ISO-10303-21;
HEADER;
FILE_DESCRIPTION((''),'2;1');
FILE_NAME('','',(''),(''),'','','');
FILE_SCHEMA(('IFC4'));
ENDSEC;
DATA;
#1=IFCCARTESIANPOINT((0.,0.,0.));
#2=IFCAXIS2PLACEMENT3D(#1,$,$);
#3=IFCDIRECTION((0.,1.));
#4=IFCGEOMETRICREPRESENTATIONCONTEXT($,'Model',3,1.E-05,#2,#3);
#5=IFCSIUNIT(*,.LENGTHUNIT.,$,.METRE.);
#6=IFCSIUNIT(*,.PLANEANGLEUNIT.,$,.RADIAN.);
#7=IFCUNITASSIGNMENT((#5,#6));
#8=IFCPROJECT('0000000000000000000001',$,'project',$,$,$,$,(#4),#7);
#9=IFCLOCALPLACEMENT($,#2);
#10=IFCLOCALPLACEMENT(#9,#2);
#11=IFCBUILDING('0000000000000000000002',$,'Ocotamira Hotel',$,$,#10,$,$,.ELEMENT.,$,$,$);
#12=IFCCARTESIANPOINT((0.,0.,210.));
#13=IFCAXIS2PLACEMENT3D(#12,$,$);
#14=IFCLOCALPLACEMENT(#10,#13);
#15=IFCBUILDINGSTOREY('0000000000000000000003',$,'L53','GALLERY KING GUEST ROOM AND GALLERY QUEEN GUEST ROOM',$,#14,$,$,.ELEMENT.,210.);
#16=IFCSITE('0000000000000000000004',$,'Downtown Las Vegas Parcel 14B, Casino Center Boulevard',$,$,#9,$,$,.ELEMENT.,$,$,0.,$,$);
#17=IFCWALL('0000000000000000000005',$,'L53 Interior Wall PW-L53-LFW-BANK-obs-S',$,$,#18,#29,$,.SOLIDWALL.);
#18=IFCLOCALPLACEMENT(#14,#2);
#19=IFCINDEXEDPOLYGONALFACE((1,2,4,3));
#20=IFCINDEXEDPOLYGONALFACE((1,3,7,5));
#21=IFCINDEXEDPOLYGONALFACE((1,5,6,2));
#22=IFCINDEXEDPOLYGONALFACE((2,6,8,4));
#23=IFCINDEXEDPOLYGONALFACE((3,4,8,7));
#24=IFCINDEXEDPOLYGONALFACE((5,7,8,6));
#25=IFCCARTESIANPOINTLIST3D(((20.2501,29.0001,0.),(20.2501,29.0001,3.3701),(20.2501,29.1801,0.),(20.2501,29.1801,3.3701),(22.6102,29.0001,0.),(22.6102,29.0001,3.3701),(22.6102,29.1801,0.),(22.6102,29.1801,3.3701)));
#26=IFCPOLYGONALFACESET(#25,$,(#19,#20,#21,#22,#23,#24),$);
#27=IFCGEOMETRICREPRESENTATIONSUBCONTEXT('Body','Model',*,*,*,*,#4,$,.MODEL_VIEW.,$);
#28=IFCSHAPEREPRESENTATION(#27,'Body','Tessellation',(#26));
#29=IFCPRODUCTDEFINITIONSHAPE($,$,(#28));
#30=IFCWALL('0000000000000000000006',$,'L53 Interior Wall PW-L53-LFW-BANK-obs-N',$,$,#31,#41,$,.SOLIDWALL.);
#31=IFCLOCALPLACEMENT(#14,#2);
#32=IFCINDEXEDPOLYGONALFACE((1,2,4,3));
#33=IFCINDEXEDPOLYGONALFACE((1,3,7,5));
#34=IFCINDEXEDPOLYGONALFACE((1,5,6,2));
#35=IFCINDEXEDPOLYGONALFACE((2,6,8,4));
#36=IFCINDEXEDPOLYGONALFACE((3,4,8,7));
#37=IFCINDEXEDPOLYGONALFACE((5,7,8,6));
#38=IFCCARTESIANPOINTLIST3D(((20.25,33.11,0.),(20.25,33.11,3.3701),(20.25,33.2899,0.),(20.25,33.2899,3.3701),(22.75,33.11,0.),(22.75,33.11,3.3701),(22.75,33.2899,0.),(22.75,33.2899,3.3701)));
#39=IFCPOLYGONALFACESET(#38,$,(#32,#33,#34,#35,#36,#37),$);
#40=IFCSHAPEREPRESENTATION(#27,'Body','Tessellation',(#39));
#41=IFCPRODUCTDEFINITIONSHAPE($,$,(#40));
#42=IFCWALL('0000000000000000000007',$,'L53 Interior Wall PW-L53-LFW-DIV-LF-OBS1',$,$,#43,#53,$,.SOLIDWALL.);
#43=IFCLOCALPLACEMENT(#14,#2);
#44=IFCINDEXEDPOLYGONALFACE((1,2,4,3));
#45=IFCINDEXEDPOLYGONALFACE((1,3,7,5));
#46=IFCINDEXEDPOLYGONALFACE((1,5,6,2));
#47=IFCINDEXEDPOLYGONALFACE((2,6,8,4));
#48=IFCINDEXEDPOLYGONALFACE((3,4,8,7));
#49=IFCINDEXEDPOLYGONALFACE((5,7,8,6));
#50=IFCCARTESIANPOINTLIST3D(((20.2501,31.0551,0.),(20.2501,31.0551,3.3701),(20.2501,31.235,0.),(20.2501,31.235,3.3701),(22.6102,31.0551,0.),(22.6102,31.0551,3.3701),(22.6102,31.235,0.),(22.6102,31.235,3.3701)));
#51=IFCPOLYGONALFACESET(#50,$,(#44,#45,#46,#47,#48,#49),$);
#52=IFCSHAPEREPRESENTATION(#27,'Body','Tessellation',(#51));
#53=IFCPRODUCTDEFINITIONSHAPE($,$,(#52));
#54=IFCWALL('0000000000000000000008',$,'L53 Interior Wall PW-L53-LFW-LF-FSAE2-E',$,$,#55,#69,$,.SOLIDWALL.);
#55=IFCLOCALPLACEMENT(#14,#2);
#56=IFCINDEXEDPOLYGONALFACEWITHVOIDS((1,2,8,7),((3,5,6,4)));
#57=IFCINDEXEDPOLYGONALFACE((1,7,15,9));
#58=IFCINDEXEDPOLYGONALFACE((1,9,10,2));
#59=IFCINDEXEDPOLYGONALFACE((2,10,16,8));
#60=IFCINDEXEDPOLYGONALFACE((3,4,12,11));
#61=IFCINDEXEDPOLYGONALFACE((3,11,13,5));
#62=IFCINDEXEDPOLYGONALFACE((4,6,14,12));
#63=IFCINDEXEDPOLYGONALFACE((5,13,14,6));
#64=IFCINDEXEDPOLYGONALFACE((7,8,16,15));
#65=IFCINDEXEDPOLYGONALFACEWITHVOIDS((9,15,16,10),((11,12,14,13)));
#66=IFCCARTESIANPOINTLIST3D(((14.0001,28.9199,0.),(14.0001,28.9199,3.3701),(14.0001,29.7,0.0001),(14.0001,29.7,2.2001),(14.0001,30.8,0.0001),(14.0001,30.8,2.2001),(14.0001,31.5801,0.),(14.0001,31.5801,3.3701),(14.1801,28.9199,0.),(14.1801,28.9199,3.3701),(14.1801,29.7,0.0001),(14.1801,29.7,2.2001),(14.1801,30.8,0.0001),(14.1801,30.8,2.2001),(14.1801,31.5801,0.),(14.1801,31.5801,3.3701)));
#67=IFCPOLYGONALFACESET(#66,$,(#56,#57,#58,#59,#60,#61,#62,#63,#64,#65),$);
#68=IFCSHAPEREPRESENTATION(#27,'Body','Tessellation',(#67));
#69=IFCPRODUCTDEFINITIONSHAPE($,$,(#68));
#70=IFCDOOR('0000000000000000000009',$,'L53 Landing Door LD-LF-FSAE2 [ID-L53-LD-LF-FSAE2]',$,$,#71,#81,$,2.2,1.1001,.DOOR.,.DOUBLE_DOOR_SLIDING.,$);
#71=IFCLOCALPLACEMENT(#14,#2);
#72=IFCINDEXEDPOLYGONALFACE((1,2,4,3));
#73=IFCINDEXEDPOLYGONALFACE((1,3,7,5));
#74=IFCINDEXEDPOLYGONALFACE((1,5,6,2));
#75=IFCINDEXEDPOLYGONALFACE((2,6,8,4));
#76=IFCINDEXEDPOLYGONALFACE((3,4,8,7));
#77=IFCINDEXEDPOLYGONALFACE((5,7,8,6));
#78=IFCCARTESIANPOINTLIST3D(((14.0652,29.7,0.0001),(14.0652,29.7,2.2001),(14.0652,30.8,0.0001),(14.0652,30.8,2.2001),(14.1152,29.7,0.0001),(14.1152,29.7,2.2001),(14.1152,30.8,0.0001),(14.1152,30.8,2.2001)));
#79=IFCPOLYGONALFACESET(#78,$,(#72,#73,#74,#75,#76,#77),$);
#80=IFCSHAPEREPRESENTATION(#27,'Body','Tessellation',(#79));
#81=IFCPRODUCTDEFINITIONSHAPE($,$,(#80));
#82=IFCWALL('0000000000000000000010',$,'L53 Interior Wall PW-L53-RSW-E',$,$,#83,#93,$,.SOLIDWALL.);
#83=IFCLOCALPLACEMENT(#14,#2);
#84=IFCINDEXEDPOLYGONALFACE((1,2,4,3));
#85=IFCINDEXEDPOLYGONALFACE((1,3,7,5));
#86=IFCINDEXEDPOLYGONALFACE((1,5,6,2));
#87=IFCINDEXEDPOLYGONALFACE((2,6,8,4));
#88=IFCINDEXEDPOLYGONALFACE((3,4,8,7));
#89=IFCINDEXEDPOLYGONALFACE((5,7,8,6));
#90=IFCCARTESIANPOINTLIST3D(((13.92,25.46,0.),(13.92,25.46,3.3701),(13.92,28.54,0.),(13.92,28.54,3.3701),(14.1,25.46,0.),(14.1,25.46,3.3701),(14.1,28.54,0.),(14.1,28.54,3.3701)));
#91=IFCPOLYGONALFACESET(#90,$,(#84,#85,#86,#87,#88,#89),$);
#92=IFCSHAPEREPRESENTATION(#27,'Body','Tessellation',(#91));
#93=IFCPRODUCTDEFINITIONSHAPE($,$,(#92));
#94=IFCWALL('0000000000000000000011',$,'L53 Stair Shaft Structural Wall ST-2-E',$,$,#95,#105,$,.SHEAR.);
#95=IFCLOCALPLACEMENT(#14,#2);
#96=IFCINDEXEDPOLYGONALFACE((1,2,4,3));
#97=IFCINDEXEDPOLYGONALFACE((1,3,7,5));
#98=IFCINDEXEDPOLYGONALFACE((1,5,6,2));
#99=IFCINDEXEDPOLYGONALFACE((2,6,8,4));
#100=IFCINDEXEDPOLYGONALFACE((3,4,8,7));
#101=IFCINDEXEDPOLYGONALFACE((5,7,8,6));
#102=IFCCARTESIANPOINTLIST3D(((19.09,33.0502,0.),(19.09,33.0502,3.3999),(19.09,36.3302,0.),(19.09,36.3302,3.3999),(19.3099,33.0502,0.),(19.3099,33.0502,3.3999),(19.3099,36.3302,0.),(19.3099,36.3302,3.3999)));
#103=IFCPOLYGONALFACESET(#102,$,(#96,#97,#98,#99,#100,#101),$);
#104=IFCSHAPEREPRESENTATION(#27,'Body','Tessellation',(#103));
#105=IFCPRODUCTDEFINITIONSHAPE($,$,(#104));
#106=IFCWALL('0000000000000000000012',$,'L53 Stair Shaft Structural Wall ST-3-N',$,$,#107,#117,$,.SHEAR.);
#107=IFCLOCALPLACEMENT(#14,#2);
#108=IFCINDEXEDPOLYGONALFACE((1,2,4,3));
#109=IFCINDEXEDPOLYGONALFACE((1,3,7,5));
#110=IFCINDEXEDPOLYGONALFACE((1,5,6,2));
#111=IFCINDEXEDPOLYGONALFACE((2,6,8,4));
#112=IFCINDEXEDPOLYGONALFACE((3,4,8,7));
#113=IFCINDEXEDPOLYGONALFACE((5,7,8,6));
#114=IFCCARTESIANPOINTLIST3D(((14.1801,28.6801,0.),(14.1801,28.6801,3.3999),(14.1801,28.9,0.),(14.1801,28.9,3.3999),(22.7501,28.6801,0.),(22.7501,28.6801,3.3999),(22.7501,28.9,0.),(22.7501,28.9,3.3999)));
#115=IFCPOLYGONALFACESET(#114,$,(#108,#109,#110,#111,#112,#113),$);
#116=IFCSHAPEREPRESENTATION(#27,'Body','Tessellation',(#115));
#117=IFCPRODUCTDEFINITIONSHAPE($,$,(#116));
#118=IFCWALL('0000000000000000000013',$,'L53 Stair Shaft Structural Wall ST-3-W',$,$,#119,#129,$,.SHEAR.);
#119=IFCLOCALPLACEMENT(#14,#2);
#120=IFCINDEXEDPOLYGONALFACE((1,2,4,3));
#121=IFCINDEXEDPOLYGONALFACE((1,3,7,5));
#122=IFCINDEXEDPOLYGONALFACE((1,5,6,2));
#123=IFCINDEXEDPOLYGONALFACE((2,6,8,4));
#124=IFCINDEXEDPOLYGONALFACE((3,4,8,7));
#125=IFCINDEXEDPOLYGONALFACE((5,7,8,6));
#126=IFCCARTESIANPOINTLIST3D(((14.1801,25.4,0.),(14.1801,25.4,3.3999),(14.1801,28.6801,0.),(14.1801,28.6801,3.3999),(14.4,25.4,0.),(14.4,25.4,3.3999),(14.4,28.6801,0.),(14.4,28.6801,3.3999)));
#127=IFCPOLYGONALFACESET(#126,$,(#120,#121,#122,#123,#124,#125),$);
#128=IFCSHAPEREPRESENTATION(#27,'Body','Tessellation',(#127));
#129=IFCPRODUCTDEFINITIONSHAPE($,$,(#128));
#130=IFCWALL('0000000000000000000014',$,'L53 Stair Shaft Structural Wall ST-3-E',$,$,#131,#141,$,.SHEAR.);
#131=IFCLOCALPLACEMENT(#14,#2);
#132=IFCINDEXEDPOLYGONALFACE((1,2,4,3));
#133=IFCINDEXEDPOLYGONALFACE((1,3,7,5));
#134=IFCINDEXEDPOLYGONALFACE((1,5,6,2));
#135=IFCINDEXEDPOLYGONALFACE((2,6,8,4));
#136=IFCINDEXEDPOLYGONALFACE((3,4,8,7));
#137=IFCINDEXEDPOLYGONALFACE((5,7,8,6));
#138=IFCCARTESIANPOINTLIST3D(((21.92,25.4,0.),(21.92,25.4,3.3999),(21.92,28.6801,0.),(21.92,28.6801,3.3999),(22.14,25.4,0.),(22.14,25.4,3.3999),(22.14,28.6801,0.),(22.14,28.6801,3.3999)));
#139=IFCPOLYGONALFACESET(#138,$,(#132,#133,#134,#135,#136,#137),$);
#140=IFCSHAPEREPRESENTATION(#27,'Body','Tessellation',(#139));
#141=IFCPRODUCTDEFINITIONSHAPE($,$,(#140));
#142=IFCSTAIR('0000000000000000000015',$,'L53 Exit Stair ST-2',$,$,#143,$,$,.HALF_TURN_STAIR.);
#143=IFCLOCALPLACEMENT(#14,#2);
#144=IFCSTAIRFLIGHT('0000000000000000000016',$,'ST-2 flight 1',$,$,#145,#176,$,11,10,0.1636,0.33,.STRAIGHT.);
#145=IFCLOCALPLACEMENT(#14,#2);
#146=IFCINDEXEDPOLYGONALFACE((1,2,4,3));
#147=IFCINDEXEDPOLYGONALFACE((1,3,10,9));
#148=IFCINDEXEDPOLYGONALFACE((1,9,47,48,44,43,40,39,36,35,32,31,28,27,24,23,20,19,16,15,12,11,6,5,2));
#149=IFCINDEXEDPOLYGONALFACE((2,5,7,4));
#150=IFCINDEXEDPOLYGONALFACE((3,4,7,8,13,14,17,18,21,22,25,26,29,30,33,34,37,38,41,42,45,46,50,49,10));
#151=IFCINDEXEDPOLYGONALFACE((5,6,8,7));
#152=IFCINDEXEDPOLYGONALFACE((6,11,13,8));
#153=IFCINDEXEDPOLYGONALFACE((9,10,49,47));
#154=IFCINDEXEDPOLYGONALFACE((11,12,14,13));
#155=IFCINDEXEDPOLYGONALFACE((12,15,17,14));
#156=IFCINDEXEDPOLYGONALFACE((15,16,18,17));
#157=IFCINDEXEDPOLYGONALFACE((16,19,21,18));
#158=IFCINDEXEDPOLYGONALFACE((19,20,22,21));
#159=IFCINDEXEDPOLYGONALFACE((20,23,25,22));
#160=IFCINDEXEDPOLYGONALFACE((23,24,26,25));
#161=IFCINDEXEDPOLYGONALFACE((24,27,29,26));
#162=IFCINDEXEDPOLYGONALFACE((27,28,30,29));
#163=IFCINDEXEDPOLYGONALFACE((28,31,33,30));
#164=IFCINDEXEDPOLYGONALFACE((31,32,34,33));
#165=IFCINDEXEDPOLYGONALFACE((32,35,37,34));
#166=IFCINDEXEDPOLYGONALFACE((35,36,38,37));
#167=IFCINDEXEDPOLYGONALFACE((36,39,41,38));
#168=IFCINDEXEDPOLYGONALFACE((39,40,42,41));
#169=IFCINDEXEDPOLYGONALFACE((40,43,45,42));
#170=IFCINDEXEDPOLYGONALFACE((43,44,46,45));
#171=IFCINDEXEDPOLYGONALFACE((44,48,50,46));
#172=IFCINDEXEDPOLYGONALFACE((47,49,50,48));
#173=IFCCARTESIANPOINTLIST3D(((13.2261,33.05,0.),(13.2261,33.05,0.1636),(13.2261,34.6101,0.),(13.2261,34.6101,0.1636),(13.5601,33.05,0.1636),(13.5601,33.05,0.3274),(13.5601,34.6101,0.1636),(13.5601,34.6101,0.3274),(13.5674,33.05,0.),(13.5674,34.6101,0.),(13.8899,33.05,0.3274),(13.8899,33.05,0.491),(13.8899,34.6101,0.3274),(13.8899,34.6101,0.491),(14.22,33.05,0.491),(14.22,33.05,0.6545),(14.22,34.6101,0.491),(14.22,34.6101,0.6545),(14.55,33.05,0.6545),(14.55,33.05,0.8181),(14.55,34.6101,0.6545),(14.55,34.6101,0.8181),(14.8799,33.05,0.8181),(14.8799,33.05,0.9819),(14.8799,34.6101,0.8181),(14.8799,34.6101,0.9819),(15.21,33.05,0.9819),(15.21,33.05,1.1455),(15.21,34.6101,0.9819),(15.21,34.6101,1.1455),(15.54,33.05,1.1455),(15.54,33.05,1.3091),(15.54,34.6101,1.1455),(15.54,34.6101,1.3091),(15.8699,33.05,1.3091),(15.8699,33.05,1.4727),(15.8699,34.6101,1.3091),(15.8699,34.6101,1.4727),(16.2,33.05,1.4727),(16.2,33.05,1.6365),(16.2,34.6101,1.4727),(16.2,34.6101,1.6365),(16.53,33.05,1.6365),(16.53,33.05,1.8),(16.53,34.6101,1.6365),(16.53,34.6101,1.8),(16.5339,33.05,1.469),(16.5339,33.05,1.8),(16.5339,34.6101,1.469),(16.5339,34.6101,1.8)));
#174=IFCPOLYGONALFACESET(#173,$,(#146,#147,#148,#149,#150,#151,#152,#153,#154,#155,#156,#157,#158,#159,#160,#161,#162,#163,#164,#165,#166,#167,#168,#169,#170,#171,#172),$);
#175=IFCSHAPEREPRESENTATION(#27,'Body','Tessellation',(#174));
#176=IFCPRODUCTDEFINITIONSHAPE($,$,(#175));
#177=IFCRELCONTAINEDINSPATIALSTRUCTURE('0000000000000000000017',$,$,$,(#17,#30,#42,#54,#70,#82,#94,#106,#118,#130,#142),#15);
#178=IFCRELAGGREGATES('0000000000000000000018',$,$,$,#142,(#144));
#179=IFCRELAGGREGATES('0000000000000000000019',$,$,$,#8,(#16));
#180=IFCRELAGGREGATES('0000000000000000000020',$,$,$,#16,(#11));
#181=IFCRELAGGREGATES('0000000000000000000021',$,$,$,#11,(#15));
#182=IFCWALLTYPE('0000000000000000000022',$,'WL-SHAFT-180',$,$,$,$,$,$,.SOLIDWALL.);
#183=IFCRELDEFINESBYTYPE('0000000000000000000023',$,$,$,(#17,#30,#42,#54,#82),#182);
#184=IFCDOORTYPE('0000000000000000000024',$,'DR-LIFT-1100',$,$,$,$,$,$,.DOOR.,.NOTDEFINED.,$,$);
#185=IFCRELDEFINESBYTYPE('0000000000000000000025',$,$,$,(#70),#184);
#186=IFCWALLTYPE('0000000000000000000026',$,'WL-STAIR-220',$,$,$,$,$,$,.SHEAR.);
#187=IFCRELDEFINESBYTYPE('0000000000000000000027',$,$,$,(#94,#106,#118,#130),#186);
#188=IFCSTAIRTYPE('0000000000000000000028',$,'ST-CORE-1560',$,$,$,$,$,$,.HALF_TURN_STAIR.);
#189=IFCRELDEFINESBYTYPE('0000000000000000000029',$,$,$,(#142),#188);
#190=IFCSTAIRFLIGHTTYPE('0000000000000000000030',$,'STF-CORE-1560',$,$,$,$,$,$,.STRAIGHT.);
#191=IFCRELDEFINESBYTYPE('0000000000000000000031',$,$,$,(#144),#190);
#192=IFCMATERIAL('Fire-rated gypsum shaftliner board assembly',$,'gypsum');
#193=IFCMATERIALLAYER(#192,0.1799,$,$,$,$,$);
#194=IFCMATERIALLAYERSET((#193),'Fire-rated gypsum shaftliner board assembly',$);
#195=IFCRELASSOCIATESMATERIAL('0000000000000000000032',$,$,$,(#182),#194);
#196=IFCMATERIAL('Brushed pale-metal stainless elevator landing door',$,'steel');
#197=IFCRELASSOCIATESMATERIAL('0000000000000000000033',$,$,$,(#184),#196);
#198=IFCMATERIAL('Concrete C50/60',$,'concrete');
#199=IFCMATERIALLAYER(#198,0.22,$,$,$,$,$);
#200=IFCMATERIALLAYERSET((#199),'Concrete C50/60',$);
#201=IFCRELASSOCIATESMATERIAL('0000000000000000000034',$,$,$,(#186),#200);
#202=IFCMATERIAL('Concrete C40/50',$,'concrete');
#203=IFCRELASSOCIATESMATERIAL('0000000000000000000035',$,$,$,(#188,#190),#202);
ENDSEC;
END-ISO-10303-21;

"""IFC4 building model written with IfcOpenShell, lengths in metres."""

from ifc_helpers import new_model, si_unit, direction, frame, frame_2d, origin, place, context, subcontext, project, spatial, polyline, rectangle, outline, extrude, source, transform, mapped, material, layer, layer_set, type_object, element, fill, aggregate, save


model = new_model("IFC4")

# Units and contexts
model_context = context("Model", 3, precision=1e-05, world=origin(), true_north=direction((0.0, 1.0)))
body_context = subcontext(model_context, "Body", "Model", "MODEL_VIEW")
ifc_project = project(units=[si_unit("LENGTHUNIT", "METRE"), si_unit("PLANEANGLEUNIT", "RADIAN")], contexts=[model_context])

# Site, building, storey
site_placement = place(None, origin())
site = spatial("IfcSite", under=ifc_project, at=site_placement, Name="Downtown Las Vegas Parcel 14B, Casino Center Boulevard", CompositionType="ELEMENT", RefElevation=0.0)
building_placement = place(site_placement, origin())
building = spatial("IfcBuilding", under=site, at=building_placement, Name="Ocotamira Hotel", CompositionType="ELEMENT")
storey_placement = place(building_placement, frame((0.0, 0.0, 210.0)))
storey = spatial("IfcBuildingStorey", under=building, at=storey_placement, Name="L53", Description="GALLERY KING GUEST ROOM AND GALLERY QUEEN GUEST ROOM", CompositionType="ELEMENT", Elevation=210.0)

# Walls
ifc_material_1 = material(Name="Fire-rated gypsum shaftliner board assembly", Category="gypsum")
ifc_layer_1 = layer(ifc_material_1, 0.1799)
ifc_layer_set_1 = layer_set([ifc_layer_1], Name="Fire-rated gypsum shaftliner board assembly")
wall_type_1 = type_object("IfcWallType", Name="WL-SHAFT-180", PredefinedType="SOLIDWALL", material=ifc_layer_set_1)
wall_1_placement = place(storey_placement, frame((20.25, 29.0901, 0.0), z_axis=(0.0, 0.0, 1.0), x_axis=(1.0, 0.0, 0.0)))
element("IfcWall", 1, at=wall_1_placement, inside=storey, type_object=wall_type_1, Name="L53 Interior Wall PW-L53-LFW-BANK-obs-S", PredefinedType="SOLIDWALL", context=body_context, shape_type="SweptSolid", body=[
    extrude(rectangle(XDim=2.3601, YDim=0.1799, at=frame_2d((1.1802, 0.0))), origin(), (0.0, 0.0, 1.0), 3.3701),
])
wall_2_placement = place(storey_placement, frame((20.25, 33.2, 0.0), z_axis=(0.0, 0.0, 1.0), x_axis=(1.0, 0.0, 0.0)))
element("IfcWall", 2, at=wall_2_placement, inside=storey, type_object=wall_type_1, Name="L53 Interior Wall PW-L53-LFW-BANK-obs-N", PredefinedType="SOLIDWALL", context=body_context, shape_type="SweptSolid", body=[
    extrude(rectangle(XDim=2.5, YDim=0.1799, at=frame_2d((1.25, 0.0))), origin(), (0.0, 0.0, 1.0), 3.3701),
])
wall_3_placement = place(storey_placement, frame((20.25, 31.145, 0.0), z_axis=(0.0, 0.0, 1.0), x_axis=(1.0, 0.0, 0.0)))
element("IfcWall", 3, at=wall_3_placement, inside=storey, type_object=wall_type_1, Name="L53 Interior Wall PW-L53-LFW-DIV-LF-OBS1", PredefinedType="SOLIDWALL", context=body_context, shape_type="SweptSolid", body=[
    extrude(rectangle(XDim=2.3601, YDim=0.1799, at=frame_2d((1.1802, 0.0))), origin(), (0.0, 0.0, 1.0), 3.3701),
])

# Wall, opening, door
wall_4_placement = place(storey_placement, frame((14.0901, 28.9199, 0.0), z_axis=(0.0, 0.0, 1.0), x_axis=(0.0, 1.0, 0.0)))
wall_4 = element("IfcWall", 4, at=wall_4_placement, inside=storey, type_object=wall_type_1, Name="L53 Interior Wall PW-L53-LFW-LF-FSAE2-E", PredefinedType="SOLIDWALL", context=body_context, shape_type="SweptSolid", body=[
    extrude(rectangle(XDim=2.6602, YDim=0.1799, at=frame_2d((1.3301, 0.0))), origin(), (0.0, 0.0, 1.0), 3.3701),
])
opening_1_placement = place(wall_4_placement, frame((0.78, 0.0, 0.0)))
opening_1 = element("IfcOpeningElement", 5, at=opening_1_placement, cuts=wall_4, PredefinedType="OPENING", context=body_context, shape_type="SweptSolid", body=[
    extrude(rectangle(XDim=1.1001, YDim=2.2, at=frame_2d((0.55, 1.1001))), frame((0.0, 0.1001, 0.0), z_axis=(0.0, -1.0, 0.0), x_axis=(1.0, 0.0, 0.0)), (0.0, 0.0, 1.0), 0.2),
])
ifc_material_2 = material(Name="Brushed pale-metal stainless elevator landing door", Category="steel")
door_type_1 = type_object("IfcDoorType", Name="DR-LIFT-1100", OperationType="NOTDEFINED", PredefinedType="DOOR", material=ifc_material_2)
shared_shape_1 = source(origin(), body_context, "Body", "SweptSolid", [
    extrude(rectangle(XDim=1.1001, YDim=2.2, at=frame_2d((0.55, 1.1001))), frame((0.0, 0.0249, 0.0), z_axis=(0.0, -1.0, 0.0), x_axis=(1.0, 0.0, 0.0)), (0.0, 0.0, 1.0), 0.05),
])
door_1_placement = place(opening_1_placement, origin())
door_1 = element("IfcDoor", 6, at=door_1_placement, inside=storey, type_object=door_type_1, Name="L53 Landing Door LD-LF-FSAE2 [ID-L53-LD-LF-FSAE2]", OperationType="DOUBLE_DOOR_SLIDING", OverallHeight=2.2, OverallWidth=1.1001, PredefinedType="DOOR", context=body_context, shape_type="MappedRepresentation", body=[
    mapped(shared_shape_1, transform((0.0, 0.0, 0.0), scale=1.0)),
])
fill(opening_1, door_1)

# Walls
wall_5_placement = place(storey_placement, frame((14.01, 25.46, 0.0), z_axis=(0.0, 0.0, 1.0), x_axis=(0.0, 1.0, 0.0)))
element("IfcWall", 7, at=wall_5_placement, inside=storey, type_object=wall_type_1, Name="L53 Interior Wall PW-L53-RSW-E", PredefinedType="SOLIDWALL", context=body_context, shape_type="SweptSolid", body=[
    extrude(rectangle(XDim=3.0801, YDim=0.1799, at=frame_2d((1.54, 0.0))), origin(), (0.0, 0.0, 1.0), 3.3701),
])
ifc_material_3 = material(Name="Concrete C50/60", Category="concrete")
ifc_layer_2 = layer(ifc_material_3, 0.22)
ifc_layer_set_2 = layer_set([ifc_layer_2], Name="Concrete C50/60")
wall_type_2 = type_object("IfcWallType", Name="WL-STAIR-220", PredefinedType="SHEAR", material=ifc_layer_set_2)
wall_6_placement = place(storey_placement, frame((19.2, 33.05, 0.0), z_axis=(0.0, 0.0, 1.0), x_axis=(0.0, 1.0, 0.0)))
element("IfcWall", 8, at=wall_6_placement, inside=storey, type_object=wall_type_2, Name="L53 Stair Shaft Structural Wall ST-2-E", PredefinedType="SHEAR", context=body_context, shape_type="SweptSolid", body=[
    extrude(rectangle(XDim=3.28, YDim=0.22, at=frame_2d((1.6401, 0.0))), origin(), (0.0, 0.0, 1.0), 3.3999),
])
wall_7_placement = place(storey_placement, frame((14.1799, 28.79, 0.0), z_axis=(0.0, 0.0, 1.0), x_axis=(1.0, 0.0, 0.0)))
element("IfcWall", 9, at=wall_7_placement, inside=storey, type_object=wall_type_2, Name="L53 Stair Shaft Structural Wall ST-3-N", PredefinedType="SHEAR", context=body_context, shape_type="SweptSolid", body=[
    extrude(rectangle(XDim=8.5701, YDim=0.22, at=frame_2d((4.2852, 0.0))), origin(), (0.0, 0.0, 1.0), 3.3999),
])
for number, where, z_axis, x_axis, name in (
    (10, (14.29, 25.3999, 0.0), (0.0, 0.0, 1.0), (0.0, 1.0, 0.0), "L53 Stair Shaft Structural Wall ST-3-W"),
    (11, (22.03, 25.3999, 0.0), (0.0, 0.0, 1.0), (0.0, 1.0, 0.0), "L53 Stair Shaft Structural Wall ST-3-E"),
):
    element("IfcWall", number, at=place(storey_placement, frame(where, z_axis=z_axis, x_axis=x_axis)), inside=storey, type_object=wall_type_2, Name=name, PredefinedType="SHEAR", context=body_context, shape_type="SweptSolid", body=[
        extrude(rectangle(XDim=3.28, YDim=0.22, at=frame_2d((1.6401, 0.0))), origin(), (0.0, 0.0, 1.0), 3.3999),
    ])

# Stair, stair flight
ifc_material_4 = material(Name="Concrete C40/50", Category="concrete")
stair_type = type_object("IfcStairType", Name="ST-CORE-1560", PredefinedType="HALF_TURN_STAIR", material=ifc_material_4)
stair_1_placement = place(storey_placement, origin())
stair_1 = element("IfcStair", 12, at=stair_1_placement, inside=storey, type_object=stair_type, Name="L53 Exit Stair ST-2", PredefinedType="HALF_TURN_STAIR")
stair_flight_type = type_object("IfcStairFlightType", Name="STF-CORE-1560", PredefinedType="STRAIGHT", material=ifc_material_4)
shared_shape_2 = source(origin(), body_context, "Body", "SweptSolid", [
    extrude(outline(polyline([(-0.0039, 0.0), (-0.0039, 0.1636), (0.3301, 0.1636), (0.3301, 0.3274), (0.6599, 0.3274), (0.6599, 0.491), (0.99, 0.491), (0.99, 0.6545), (1.3201, 0.6545), (1.3201, 0.8181), (1.6499, 0.8181), (1.6499, 0.9819), (1.98, 0.9819), (1.98, 1.1455), (2.3101, 1.1455), (2.3101, 1.3091), (2.6399, 1.3091), (2.6399, 1.4727), (2.97, 1.4727), (2.97, 1.6365), (3.3, 1.6365), (3.3, 1.8), (3.304, 1.8), (3.304, 1.469), (0.3374, 0.0), (-0.0039, 0.0)])), frame((0.0, 0.78, 0.0), z_axis=(0.0, -1.0, 0.0), x_axis=(1.0, 0.0, 0.0)), (0.0, 0.0, 1.0), 1.5601),
])
stair_flight_1_placement = place(storey_placement, frame((13.23, 33.8301, 0.0), z_axis=(0.0, 0.0, 1.0), x_axis=(1.0, 0.0, 0.0)))
stair_flight_1 = element("IfcStairFlight", 13, at=stair_flight_1_placement, type_object=stair_flight_type, Name="ST-2 flight 1", NumberOfRisers=11, NumberOfTreads=10, PredefinedType="STRAIGHT", RiserHeight=0.1636, TreadLength=0.33, context=body_context, shape_type="MappedRepresentation", body=[
    mapped(shared_shape_2, transform((0.0, 0.0, 0.0), scale=1.0)),
])
aggregate(stair_1, [stair_flight_1])

save(model, "model.ifc")
